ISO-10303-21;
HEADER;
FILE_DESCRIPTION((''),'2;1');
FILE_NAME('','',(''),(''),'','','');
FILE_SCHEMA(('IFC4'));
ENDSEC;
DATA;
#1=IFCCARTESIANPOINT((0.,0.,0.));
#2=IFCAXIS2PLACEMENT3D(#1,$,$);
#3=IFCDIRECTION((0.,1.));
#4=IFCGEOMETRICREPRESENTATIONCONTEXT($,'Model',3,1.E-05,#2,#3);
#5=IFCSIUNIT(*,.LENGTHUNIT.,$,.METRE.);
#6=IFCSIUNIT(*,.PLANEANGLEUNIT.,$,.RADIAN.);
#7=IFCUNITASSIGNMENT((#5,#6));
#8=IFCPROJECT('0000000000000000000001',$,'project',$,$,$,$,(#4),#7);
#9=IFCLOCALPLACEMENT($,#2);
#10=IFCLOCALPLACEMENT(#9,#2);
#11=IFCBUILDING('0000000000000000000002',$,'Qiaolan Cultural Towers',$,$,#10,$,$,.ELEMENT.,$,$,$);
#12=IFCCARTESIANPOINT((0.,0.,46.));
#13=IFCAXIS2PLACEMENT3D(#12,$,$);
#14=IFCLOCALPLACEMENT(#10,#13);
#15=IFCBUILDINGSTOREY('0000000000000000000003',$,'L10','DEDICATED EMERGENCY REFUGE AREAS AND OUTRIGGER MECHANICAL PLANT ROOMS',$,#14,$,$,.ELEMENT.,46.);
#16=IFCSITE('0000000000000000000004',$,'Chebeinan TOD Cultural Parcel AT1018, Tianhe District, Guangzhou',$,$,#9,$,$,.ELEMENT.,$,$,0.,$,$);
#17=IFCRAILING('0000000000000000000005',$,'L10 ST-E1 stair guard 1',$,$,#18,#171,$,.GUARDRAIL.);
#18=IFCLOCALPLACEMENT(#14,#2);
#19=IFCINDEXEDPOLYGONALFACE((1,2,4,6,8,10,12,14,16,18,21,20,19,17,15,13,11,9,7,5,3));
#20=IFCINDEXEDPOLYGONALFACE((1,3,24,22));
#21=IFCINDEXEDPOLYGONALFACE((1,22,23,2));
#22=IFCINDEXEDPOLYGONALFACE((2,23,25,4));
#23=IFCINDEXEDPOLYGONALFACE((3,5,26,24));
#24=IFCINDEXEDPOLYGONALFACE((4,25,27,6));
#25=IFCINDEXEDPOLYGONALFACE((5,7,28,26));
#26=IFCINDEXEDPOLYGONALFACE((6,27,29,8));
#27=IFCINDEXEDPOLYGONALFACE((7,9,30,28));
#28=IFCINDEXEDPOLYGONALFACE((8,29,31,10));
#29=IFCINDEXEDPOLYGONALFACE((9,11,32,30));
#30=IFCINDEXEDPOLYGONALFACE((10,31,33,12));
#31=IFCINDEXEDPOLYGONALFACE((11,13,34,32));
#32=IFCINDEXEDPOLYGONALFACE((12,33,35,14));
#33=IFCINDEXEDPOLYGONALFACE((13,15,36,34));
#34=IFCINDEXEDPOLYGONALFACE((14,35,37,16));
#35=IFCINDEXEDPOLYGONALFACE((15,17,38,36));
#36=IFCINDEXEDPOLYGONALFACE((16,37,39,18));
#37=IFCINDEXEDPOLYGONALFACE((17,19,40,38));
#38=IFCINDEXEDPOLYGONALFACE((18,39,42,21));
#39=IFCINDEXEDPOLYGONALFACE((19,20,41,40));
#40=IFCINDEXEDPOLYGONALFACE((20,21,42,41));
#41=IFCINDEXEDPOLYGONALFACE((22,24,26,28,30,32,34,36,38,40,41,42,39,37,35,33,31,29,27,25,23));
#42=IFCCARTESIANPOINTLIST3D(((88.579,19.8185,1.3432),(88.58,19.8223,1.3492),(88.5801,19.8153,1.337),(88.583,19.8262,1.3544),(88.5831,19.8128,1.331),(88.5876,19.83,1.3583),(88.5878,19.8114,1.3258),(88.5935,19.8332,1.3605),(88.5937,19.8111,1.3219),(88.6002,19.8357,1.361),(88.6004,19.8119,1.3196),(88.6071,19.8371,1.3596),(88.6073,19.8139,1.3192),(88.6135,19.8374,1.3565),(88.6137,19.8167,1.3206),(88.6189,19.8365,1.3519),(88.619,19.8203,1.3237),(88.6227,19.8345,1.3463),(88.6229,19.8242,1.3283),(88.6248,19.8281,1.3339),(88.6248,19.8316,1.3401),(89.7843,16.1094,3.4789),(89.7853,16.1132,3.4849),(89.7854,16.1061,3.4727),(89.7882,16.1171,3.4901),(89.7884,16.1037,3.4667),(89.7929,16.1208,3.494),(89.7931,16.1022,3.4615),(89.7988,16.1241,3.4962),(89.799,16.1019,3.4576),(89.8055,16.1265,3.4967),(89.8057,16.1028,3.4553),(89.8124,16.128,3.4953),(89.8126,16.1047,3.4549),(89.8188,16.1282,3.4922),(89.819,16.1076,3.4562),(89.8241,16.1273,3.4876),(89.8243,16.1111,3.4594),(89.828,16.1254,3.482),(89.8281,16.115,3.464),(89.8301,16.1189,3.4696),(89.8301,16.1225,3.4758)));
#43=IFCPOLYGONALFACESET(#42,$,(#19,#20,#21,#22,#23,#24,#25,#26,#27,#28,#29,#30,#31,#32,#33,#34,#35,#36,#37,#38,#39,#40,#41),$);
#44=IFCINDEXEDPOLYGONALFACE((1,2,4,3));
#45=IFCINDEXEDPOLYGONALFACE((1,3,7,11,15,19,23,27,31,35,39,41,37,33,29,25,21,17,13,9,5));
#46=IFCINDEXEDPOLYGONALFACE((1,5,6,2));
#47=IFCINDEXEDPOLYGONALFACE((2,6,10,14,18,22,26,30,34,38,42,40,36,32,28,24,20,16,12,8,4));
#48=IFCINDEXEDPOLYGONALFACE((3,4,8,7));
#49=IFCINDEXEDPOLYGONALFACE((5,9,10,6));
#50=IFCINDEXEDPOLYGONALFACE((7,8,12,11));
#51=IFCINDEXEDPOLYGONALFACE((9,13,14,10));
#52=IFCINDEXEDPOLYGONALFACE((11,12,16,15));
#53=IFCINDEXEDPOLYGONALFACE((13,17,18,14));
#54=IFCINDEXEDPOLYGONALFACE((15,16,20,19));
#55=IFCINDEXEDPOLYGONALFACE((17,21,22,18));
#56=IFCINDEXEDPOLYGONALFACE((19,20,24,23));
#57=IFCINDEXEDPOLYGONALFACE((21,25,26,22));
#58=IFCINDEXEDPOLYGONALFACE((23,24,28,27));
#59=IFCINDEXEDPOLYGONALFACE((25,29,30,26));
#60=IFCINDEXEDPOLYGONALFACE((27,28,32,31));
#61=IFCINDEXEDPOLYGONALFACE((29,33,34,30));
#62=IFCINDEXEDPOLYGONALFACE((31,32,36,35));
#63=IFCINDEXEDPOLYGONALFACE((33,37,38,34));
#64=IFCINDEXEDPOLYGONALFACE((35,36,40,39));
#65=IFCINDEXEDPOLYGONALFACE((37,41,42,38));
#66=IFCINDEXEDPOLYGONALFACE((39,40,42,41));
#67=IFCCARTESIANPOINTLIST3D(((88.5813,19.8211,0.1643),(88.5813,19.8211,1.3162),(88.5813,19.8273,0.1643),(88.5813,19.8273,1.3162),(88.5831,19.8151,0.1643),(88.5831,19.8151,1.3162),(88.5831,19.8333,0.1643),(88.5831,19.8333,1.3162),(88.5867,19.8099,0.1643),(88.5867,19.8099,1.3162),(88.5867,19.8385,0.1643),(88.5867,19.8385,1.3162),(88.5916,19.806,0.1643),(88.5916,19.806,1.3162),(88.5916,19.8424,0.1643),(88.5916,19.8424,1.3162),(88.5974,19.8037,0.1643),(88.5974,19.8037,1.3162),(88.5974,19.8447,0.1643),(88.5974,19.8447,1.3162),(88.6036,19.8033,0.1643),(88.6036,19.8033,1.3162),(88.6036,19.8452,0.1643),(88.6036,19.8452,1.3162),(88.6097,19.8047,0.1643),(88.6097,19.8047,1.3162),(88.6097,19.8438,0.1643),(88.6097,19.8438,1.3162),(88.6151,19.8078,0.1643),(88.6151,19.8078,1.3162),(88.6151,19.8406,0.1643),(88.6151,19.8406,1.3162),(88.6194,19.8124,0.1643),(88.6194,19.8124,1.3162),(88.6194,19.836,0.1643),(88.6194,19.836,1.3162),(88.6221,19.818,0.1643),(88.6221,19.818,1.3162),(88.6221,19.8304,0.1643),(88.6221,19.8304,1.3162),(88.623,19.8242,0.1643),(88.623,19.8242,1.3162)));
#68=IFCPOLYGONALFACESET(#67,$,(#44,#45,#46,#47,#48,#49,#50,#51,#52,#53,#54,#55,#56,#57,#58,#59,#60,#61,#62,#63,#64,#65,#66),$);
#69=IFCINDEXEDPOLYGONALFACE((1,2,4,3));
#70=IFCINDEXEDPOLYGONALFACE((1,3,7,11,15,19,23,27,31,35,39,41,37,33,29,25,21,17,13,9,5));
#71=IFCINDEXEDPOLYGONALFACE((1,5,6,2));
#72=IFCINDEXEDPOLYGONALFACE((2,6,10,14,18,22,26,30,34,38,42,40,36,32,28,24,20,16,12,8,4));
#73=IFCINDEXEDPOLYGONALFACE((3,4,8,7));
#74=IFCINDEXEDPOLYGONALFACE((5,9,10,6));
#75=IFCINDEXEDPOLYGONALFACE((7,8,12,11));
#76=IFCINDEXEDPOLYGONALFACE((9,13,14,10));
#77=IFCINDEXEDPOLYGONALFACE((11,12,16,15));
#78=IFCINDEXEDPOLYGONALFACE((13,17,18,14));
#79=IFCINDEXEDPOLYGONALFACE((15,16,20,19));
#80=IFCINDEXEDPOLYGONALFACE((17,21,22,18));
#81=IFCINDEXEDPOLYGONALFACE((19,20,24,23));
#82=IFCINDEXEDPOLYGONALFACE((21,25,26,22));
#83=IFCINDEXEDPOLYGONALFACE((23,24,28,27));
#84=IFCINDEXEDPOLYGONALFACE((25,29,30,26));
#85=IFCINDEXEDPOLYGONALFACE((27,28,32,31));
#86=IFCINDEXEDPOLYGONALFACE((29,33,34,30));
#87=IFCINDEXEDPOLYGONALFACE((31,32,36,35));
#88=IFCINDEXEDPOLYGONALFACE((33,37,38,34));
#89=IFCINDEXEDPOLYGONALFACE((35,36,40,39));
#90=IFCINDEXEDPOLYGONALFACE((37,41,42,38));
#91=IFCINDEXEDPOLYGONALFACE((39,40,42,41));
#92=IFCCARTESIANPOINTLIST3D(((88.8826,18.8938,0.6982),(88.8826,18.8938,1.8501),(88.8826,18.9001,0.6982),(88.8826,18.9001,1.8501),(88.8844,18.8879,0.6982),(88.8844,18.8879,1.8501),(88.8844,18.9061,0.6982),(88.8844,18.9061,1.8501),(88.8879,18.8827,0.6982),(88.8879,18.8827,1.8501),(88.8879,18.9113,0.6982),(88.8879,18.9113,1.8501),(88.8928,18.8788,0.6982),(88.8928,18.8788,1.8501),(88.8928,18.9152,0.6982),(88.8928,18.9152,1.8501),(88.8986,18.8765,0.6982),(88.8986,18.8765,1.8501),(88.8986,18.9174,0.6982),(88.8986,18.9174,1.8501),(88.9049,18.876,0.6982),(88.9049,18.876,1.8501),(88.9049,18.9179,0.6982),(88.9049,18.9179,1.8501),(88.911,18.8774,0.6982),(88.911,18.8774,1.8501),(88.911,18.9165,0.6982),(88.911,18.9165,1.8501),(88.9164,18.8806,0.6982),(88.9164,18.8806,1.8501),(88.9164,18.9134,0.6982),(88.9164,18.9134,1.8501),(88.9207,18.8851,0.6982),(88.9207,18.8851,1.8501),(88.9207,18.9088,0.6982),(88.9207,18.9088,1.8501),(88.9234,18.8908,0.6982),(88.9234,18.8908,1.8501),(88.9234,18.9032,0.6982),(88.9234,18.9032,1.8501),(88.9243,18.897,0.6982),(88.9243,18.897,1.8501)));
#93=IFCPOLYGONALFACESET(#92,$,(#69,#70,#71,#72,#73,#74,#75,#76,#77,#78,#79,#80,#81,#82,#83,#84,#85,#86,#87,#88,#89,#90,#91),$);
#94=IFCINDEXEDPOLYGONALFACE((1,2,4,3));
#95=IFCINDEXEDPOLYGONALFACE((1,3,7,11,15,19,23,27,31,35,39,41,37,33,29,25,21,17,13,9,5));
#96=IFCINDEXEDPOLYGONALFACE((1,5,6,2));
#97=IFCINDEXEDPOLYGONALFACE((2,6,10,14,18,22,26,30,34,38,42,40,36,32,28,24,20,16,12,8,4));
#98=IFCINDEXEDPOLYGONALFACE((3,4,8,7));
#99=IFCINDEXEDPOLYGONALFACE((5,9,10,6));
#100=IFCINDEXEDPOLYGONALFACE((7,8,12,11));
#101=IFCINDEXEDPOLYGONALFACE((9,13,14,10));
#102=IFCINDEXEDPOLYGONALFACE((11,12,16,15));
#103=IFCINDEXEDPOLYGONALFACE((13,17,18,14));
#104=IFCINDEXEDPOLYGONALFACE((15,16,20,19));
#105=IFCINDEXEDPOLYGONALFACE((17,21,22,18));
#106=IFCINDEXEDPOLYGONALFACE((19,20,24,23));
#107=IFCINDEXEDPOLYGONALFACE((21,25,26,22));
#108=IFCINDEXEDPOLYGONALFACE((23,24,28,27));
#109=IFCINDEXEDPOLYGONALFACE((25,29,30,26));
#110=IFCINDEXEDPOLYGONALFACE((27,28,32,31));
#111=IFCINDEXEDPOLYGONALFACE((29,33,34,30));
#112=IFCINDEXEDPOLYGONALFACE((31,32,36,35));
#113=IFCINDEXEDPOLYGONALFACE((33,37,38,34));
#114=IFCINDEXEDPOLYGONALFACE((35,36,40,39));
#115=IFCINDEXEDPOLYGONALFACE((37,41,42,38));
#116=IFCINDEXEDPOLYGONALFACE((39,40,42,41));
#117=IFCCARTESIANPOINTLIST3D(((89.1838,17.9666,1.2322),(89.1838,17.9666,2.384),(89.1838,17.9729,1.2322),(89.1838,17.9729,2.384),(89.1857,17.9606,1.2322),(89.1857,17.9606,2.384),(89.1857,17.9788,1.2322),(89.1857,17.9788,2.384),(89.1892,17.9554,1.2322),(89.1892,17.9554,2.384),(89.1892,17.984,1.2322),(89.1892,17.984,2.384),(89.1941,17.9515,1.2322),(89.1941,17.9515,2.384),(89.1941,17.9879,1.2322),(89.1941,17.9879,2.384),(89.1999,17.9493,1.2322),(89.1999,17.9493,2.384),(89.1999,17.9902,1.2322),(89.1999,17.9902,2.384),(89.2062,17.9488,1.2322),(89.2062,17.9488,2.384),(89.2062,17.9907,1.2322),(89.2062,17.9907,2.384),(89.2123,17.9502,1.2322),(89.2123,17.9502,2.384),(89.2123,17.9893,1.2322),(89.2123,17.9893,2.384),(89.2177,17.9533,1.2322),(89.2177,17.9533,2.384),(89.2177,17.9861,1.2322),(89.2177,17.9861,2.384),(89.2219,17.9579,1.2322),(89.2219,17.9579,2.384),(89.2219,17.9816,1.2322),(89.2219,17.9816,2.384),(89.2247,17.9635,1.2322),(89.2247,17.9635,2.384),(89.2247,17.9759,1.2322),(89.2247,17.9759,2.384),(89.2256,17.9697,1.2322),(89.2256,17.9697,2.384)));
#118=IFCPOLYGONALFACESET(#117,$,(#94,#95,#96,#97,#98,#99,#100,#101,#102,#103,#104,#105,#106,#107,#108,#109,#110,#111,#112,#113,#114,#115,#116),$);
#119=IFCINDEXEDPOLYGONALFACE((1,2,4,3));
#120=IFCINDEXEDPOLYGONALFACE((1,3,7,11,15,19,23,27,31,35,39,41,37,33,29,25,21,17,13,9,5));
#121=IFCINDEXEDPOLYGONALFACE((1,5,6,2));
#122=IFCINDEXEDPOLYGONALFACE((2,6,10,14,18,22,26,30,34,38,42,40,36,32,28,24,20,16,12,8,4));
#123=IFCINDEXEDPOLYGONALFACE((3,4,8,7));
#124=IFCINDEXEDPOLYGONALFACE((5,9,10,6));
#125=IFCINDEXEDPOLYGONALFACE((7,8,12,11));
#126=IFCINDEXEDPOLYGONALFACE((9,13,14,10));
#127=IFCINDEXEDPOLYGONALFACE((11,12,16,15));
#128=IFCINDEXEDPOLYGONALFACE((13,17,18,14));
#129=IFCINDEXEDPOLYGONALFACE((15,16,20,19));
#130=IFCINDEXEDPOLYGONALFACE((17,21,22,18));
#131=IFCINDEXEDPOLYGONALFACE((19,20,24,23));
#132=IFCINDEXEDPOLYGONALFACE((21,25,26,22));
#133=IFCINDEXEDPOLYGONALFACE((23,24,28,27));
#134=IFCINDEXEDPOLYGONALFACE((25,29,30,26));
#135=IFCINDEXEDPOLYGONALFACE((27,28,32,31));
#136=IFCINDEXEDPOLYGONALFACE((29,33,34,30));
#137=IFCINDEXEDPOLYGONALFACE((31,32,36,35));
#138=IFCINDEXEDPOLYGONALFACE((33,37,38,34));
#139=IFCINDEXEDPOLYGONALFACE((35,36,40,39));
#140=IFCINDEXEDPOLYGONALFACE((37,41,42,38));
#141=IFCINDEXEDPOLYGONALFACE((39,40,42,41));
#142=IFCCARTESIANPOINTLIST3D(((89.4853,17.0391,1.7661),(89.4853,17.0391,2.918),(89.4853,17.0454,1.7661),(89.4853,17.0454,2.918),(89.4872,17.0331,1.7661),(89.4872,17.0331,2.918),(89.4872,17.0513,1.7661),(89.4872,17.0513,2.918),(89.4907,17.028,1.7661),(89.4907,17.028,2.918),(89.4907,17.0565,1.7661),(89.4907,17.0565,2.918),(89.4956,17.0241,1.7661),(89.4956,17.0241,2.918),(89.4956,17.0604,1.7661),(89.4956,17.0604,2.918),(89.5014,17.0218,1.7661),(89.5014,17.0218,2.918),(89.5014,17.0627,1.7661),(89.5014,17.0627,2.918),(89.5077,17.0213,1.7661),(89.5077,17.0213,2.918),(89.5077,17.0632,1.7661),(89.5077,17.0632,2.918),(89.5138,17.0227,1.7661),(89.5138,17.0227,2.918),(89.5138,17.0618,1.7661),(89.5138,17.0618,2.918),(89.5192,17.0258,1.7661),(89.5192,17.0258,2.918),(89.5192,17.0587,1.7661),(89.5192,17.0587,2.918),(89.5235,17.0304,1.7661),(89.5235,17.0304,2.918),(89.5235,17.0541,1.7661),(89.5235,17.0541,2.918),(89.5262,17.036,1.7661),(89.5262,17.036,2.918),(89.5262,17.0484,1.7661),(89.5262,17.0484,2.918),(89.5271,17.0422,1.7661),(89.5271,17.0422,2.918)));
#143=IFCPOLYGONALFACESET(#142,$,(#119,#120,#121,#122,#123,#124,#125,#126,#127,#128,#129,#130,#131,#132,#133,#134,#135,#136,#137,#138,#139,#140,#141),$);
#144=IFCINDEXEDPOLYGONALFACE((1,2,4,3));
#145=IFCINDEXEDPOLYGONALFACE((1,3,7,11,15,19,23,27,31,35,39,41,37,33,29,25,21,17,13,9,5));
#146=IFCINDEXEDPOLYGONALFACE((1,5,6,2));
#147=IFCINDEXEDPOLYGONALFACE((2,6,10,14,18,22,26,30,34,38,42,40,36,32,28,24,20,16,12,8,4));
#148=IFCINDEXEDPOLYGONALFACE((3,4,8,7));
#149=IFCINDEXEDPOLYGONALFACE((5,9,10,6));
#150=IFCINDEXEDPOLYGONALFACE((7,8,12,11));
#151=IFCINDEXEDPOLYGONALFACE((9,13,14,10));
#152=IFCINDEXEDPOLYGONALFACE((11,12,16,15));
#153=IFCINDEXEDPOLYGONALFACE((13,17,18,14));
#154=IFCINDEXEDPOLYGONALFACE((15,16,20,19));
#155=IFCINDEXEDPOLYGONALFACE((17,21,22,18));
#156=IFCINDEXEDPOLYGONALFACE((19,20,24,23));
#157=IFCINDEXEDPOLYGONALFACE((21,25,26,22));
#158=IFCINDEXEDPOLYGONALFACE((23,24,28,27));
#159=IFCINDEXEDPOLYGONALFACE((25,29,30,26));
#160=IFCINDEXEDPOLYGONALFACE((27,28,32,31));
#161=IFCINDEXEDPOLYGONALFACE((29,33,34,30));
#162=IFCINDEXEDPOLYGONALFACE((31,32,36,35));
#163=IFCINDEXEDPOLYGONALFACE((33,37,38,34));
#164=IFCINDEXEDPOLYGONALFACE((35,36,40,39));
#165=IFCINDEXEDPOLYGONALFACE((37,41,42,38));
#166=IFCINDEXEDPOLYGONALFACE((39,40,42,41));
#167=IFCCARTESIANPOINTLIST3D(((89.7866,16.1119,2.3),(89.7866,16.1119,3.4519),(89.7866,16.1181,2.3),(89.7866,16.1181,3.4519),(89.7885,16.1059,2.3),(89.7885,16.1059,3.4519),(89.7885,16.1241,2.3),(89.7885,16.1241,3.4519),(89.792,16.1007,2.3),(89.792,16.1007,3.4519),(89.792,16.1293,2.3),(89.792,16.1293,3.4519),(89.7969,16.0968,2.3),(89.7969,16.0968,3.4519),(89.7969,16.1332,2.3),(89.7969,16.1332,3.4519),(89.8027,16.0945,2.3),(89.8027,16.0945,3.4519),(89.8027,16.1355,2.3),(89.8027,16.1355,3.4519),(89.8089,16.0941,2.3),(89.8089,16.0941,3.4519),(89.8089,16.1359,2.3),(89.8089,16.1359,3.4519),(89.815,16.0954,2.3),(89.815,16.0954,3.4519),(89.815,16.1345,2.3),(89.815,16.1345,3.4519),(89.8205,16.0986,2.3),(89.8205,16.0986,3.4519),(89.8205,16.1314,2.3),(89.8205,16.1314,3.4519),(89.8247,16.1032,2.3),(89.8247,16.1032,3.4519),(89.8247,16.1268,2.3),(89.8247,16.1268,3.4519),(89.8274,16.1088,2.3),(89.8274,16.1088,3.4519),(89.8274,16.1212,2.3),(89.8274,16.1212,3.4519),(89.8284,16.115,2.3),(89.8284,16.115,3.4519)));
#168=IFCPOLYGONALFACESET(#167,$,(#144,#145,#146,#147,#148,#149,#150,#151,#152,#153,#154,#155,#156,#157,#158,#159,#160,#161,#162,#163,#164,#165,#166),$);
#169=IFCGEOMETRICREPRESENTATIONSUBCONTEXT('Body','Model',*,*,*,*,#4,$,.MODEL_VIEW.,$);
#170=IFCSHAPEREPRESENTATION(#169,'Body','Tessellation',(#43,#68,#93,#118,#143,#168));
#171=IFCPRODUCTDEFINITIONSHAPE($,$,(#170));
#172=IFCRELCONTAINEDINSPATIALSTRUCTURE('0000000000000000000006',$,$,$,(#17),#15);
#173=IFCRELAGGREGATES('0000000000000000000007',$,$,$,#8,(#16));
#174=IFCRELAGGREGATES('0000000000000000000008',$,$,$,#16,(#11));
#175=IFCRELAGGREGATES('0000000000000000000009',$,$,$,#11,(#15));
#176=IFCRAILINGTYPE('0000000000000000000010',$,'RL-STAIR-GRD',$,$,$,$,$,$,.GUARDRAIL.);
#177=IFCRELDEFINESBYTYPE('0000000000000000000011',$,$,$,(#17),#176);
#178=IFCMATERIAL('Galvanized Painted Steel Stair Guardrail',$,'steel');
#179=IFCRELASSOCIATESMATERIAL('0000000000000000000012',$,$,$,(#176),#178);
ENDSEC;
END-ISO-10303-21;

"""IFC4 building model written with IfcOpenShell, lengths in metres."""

from ifc_helpers import new_model, si_unit, direction, frame, origin, origin_2d, place, context, subcontext, project, spatial, circle, extrude, material, type_object, element, save


model = new_model("IFC4")

# Units and contexts
model_context = context("Model", 3, precision=1e-05, world=origin(), true_north=direction((0.0, 1.0)))
body_context = subcontext(model_context, "Body", "Model", "MODEL_VIEW")
ifc_project = project(units=[si_unit("LENGTHUNIT", "METRE"), si_unit("PLANEANGLEUNIT", "RADIAN")], contexts=[model_context])

# Site, building, storey
site_placement = place(None, origin())
site = spatial("IfcSite", under=ifc_project, at=site_placement, Name="Chebeinan TOD Cultural Parcel AT1018, Tianhe District, Guangzhou", CompositionType="ELEMENT", RefElevation=0.0)
building_placement = place(site_placement, origin())
building = spatial("IfcBuilding", under=site, at=building_placement, Name="Qiaolan Cultural Towers", CompositionType="ELEMENT")
storey_placement = place(building_placement, frame((0.0, 0.0, 46.0)))
storey = spatial("IfcBuildingStorey", under=building, at=storey_placement, Name="L10", Description="DEDICATED EMERGENCY REFUGE AREAS AND OUTRIGGER MECHANICAL PLANT ROOMS", CompositionType="ELEMENT", Elevation=46.0)

# Railing
ifc_material_1 = material(Name="Galvanized Painted Steel Stair Guardrail", Category="steel")
railing_type_1 = type_object("IfcRailingType", Name="RL-STAIR-GRD", PredefinedType="GUARDRAIL", material=ifc_material_1)
railing_1_placement = place(storey_placement, frame((88.6021, 19.8242, 0.1643)))
element("IfcRailing", 1, at=railing_1_placement, inside=storey, type_object=railing_type_1, Name="L10 ST-E1 stair guard 1", PredefinedType="GUARDRAIL", context=body_context, shape_type="SweptSolid", body=[
    extrude(circle(Radius=0.0239, at=origin_2d()), frame((0.0, 0.0, 1.1758), z_axis=(0.271064, -0.834165, 0.480305), x_axis=(0.951047, 0.309045, 0.0)), (0.0, 0.0, 1.0), 4.4465),
    extrude(circle(Radius=0.021, at=origin_2d()), origin(), (0.0, 0.0, 1.0), 1.1519),
    extrude(circle(Radius=0.021, at=origin_2d()), frame((0.3013, -0.9272, 0.5339)), (0.0, 0.0, 1.0), 1.1519),
    extrude(circle(Radius=0.021, at=origin_2d()), frame((0.6025, -1.8545, 1.0679)), (0.0, 0.0, 1.0), 1.1519),
    extrude(circle(Radius=0.021, at=origin_2d()), frame((0.9041, -2.782, 1.6018)), (0.0, 0.0, 1.0), 1.1519),
    extrude(circle(Radius=0.021, at=origin_2d()), frame((1.2053, -3.7092, 2.1357)), (0.0, 0.0, 1.0), 1.1519),
])

save(model, "model.ifc")
